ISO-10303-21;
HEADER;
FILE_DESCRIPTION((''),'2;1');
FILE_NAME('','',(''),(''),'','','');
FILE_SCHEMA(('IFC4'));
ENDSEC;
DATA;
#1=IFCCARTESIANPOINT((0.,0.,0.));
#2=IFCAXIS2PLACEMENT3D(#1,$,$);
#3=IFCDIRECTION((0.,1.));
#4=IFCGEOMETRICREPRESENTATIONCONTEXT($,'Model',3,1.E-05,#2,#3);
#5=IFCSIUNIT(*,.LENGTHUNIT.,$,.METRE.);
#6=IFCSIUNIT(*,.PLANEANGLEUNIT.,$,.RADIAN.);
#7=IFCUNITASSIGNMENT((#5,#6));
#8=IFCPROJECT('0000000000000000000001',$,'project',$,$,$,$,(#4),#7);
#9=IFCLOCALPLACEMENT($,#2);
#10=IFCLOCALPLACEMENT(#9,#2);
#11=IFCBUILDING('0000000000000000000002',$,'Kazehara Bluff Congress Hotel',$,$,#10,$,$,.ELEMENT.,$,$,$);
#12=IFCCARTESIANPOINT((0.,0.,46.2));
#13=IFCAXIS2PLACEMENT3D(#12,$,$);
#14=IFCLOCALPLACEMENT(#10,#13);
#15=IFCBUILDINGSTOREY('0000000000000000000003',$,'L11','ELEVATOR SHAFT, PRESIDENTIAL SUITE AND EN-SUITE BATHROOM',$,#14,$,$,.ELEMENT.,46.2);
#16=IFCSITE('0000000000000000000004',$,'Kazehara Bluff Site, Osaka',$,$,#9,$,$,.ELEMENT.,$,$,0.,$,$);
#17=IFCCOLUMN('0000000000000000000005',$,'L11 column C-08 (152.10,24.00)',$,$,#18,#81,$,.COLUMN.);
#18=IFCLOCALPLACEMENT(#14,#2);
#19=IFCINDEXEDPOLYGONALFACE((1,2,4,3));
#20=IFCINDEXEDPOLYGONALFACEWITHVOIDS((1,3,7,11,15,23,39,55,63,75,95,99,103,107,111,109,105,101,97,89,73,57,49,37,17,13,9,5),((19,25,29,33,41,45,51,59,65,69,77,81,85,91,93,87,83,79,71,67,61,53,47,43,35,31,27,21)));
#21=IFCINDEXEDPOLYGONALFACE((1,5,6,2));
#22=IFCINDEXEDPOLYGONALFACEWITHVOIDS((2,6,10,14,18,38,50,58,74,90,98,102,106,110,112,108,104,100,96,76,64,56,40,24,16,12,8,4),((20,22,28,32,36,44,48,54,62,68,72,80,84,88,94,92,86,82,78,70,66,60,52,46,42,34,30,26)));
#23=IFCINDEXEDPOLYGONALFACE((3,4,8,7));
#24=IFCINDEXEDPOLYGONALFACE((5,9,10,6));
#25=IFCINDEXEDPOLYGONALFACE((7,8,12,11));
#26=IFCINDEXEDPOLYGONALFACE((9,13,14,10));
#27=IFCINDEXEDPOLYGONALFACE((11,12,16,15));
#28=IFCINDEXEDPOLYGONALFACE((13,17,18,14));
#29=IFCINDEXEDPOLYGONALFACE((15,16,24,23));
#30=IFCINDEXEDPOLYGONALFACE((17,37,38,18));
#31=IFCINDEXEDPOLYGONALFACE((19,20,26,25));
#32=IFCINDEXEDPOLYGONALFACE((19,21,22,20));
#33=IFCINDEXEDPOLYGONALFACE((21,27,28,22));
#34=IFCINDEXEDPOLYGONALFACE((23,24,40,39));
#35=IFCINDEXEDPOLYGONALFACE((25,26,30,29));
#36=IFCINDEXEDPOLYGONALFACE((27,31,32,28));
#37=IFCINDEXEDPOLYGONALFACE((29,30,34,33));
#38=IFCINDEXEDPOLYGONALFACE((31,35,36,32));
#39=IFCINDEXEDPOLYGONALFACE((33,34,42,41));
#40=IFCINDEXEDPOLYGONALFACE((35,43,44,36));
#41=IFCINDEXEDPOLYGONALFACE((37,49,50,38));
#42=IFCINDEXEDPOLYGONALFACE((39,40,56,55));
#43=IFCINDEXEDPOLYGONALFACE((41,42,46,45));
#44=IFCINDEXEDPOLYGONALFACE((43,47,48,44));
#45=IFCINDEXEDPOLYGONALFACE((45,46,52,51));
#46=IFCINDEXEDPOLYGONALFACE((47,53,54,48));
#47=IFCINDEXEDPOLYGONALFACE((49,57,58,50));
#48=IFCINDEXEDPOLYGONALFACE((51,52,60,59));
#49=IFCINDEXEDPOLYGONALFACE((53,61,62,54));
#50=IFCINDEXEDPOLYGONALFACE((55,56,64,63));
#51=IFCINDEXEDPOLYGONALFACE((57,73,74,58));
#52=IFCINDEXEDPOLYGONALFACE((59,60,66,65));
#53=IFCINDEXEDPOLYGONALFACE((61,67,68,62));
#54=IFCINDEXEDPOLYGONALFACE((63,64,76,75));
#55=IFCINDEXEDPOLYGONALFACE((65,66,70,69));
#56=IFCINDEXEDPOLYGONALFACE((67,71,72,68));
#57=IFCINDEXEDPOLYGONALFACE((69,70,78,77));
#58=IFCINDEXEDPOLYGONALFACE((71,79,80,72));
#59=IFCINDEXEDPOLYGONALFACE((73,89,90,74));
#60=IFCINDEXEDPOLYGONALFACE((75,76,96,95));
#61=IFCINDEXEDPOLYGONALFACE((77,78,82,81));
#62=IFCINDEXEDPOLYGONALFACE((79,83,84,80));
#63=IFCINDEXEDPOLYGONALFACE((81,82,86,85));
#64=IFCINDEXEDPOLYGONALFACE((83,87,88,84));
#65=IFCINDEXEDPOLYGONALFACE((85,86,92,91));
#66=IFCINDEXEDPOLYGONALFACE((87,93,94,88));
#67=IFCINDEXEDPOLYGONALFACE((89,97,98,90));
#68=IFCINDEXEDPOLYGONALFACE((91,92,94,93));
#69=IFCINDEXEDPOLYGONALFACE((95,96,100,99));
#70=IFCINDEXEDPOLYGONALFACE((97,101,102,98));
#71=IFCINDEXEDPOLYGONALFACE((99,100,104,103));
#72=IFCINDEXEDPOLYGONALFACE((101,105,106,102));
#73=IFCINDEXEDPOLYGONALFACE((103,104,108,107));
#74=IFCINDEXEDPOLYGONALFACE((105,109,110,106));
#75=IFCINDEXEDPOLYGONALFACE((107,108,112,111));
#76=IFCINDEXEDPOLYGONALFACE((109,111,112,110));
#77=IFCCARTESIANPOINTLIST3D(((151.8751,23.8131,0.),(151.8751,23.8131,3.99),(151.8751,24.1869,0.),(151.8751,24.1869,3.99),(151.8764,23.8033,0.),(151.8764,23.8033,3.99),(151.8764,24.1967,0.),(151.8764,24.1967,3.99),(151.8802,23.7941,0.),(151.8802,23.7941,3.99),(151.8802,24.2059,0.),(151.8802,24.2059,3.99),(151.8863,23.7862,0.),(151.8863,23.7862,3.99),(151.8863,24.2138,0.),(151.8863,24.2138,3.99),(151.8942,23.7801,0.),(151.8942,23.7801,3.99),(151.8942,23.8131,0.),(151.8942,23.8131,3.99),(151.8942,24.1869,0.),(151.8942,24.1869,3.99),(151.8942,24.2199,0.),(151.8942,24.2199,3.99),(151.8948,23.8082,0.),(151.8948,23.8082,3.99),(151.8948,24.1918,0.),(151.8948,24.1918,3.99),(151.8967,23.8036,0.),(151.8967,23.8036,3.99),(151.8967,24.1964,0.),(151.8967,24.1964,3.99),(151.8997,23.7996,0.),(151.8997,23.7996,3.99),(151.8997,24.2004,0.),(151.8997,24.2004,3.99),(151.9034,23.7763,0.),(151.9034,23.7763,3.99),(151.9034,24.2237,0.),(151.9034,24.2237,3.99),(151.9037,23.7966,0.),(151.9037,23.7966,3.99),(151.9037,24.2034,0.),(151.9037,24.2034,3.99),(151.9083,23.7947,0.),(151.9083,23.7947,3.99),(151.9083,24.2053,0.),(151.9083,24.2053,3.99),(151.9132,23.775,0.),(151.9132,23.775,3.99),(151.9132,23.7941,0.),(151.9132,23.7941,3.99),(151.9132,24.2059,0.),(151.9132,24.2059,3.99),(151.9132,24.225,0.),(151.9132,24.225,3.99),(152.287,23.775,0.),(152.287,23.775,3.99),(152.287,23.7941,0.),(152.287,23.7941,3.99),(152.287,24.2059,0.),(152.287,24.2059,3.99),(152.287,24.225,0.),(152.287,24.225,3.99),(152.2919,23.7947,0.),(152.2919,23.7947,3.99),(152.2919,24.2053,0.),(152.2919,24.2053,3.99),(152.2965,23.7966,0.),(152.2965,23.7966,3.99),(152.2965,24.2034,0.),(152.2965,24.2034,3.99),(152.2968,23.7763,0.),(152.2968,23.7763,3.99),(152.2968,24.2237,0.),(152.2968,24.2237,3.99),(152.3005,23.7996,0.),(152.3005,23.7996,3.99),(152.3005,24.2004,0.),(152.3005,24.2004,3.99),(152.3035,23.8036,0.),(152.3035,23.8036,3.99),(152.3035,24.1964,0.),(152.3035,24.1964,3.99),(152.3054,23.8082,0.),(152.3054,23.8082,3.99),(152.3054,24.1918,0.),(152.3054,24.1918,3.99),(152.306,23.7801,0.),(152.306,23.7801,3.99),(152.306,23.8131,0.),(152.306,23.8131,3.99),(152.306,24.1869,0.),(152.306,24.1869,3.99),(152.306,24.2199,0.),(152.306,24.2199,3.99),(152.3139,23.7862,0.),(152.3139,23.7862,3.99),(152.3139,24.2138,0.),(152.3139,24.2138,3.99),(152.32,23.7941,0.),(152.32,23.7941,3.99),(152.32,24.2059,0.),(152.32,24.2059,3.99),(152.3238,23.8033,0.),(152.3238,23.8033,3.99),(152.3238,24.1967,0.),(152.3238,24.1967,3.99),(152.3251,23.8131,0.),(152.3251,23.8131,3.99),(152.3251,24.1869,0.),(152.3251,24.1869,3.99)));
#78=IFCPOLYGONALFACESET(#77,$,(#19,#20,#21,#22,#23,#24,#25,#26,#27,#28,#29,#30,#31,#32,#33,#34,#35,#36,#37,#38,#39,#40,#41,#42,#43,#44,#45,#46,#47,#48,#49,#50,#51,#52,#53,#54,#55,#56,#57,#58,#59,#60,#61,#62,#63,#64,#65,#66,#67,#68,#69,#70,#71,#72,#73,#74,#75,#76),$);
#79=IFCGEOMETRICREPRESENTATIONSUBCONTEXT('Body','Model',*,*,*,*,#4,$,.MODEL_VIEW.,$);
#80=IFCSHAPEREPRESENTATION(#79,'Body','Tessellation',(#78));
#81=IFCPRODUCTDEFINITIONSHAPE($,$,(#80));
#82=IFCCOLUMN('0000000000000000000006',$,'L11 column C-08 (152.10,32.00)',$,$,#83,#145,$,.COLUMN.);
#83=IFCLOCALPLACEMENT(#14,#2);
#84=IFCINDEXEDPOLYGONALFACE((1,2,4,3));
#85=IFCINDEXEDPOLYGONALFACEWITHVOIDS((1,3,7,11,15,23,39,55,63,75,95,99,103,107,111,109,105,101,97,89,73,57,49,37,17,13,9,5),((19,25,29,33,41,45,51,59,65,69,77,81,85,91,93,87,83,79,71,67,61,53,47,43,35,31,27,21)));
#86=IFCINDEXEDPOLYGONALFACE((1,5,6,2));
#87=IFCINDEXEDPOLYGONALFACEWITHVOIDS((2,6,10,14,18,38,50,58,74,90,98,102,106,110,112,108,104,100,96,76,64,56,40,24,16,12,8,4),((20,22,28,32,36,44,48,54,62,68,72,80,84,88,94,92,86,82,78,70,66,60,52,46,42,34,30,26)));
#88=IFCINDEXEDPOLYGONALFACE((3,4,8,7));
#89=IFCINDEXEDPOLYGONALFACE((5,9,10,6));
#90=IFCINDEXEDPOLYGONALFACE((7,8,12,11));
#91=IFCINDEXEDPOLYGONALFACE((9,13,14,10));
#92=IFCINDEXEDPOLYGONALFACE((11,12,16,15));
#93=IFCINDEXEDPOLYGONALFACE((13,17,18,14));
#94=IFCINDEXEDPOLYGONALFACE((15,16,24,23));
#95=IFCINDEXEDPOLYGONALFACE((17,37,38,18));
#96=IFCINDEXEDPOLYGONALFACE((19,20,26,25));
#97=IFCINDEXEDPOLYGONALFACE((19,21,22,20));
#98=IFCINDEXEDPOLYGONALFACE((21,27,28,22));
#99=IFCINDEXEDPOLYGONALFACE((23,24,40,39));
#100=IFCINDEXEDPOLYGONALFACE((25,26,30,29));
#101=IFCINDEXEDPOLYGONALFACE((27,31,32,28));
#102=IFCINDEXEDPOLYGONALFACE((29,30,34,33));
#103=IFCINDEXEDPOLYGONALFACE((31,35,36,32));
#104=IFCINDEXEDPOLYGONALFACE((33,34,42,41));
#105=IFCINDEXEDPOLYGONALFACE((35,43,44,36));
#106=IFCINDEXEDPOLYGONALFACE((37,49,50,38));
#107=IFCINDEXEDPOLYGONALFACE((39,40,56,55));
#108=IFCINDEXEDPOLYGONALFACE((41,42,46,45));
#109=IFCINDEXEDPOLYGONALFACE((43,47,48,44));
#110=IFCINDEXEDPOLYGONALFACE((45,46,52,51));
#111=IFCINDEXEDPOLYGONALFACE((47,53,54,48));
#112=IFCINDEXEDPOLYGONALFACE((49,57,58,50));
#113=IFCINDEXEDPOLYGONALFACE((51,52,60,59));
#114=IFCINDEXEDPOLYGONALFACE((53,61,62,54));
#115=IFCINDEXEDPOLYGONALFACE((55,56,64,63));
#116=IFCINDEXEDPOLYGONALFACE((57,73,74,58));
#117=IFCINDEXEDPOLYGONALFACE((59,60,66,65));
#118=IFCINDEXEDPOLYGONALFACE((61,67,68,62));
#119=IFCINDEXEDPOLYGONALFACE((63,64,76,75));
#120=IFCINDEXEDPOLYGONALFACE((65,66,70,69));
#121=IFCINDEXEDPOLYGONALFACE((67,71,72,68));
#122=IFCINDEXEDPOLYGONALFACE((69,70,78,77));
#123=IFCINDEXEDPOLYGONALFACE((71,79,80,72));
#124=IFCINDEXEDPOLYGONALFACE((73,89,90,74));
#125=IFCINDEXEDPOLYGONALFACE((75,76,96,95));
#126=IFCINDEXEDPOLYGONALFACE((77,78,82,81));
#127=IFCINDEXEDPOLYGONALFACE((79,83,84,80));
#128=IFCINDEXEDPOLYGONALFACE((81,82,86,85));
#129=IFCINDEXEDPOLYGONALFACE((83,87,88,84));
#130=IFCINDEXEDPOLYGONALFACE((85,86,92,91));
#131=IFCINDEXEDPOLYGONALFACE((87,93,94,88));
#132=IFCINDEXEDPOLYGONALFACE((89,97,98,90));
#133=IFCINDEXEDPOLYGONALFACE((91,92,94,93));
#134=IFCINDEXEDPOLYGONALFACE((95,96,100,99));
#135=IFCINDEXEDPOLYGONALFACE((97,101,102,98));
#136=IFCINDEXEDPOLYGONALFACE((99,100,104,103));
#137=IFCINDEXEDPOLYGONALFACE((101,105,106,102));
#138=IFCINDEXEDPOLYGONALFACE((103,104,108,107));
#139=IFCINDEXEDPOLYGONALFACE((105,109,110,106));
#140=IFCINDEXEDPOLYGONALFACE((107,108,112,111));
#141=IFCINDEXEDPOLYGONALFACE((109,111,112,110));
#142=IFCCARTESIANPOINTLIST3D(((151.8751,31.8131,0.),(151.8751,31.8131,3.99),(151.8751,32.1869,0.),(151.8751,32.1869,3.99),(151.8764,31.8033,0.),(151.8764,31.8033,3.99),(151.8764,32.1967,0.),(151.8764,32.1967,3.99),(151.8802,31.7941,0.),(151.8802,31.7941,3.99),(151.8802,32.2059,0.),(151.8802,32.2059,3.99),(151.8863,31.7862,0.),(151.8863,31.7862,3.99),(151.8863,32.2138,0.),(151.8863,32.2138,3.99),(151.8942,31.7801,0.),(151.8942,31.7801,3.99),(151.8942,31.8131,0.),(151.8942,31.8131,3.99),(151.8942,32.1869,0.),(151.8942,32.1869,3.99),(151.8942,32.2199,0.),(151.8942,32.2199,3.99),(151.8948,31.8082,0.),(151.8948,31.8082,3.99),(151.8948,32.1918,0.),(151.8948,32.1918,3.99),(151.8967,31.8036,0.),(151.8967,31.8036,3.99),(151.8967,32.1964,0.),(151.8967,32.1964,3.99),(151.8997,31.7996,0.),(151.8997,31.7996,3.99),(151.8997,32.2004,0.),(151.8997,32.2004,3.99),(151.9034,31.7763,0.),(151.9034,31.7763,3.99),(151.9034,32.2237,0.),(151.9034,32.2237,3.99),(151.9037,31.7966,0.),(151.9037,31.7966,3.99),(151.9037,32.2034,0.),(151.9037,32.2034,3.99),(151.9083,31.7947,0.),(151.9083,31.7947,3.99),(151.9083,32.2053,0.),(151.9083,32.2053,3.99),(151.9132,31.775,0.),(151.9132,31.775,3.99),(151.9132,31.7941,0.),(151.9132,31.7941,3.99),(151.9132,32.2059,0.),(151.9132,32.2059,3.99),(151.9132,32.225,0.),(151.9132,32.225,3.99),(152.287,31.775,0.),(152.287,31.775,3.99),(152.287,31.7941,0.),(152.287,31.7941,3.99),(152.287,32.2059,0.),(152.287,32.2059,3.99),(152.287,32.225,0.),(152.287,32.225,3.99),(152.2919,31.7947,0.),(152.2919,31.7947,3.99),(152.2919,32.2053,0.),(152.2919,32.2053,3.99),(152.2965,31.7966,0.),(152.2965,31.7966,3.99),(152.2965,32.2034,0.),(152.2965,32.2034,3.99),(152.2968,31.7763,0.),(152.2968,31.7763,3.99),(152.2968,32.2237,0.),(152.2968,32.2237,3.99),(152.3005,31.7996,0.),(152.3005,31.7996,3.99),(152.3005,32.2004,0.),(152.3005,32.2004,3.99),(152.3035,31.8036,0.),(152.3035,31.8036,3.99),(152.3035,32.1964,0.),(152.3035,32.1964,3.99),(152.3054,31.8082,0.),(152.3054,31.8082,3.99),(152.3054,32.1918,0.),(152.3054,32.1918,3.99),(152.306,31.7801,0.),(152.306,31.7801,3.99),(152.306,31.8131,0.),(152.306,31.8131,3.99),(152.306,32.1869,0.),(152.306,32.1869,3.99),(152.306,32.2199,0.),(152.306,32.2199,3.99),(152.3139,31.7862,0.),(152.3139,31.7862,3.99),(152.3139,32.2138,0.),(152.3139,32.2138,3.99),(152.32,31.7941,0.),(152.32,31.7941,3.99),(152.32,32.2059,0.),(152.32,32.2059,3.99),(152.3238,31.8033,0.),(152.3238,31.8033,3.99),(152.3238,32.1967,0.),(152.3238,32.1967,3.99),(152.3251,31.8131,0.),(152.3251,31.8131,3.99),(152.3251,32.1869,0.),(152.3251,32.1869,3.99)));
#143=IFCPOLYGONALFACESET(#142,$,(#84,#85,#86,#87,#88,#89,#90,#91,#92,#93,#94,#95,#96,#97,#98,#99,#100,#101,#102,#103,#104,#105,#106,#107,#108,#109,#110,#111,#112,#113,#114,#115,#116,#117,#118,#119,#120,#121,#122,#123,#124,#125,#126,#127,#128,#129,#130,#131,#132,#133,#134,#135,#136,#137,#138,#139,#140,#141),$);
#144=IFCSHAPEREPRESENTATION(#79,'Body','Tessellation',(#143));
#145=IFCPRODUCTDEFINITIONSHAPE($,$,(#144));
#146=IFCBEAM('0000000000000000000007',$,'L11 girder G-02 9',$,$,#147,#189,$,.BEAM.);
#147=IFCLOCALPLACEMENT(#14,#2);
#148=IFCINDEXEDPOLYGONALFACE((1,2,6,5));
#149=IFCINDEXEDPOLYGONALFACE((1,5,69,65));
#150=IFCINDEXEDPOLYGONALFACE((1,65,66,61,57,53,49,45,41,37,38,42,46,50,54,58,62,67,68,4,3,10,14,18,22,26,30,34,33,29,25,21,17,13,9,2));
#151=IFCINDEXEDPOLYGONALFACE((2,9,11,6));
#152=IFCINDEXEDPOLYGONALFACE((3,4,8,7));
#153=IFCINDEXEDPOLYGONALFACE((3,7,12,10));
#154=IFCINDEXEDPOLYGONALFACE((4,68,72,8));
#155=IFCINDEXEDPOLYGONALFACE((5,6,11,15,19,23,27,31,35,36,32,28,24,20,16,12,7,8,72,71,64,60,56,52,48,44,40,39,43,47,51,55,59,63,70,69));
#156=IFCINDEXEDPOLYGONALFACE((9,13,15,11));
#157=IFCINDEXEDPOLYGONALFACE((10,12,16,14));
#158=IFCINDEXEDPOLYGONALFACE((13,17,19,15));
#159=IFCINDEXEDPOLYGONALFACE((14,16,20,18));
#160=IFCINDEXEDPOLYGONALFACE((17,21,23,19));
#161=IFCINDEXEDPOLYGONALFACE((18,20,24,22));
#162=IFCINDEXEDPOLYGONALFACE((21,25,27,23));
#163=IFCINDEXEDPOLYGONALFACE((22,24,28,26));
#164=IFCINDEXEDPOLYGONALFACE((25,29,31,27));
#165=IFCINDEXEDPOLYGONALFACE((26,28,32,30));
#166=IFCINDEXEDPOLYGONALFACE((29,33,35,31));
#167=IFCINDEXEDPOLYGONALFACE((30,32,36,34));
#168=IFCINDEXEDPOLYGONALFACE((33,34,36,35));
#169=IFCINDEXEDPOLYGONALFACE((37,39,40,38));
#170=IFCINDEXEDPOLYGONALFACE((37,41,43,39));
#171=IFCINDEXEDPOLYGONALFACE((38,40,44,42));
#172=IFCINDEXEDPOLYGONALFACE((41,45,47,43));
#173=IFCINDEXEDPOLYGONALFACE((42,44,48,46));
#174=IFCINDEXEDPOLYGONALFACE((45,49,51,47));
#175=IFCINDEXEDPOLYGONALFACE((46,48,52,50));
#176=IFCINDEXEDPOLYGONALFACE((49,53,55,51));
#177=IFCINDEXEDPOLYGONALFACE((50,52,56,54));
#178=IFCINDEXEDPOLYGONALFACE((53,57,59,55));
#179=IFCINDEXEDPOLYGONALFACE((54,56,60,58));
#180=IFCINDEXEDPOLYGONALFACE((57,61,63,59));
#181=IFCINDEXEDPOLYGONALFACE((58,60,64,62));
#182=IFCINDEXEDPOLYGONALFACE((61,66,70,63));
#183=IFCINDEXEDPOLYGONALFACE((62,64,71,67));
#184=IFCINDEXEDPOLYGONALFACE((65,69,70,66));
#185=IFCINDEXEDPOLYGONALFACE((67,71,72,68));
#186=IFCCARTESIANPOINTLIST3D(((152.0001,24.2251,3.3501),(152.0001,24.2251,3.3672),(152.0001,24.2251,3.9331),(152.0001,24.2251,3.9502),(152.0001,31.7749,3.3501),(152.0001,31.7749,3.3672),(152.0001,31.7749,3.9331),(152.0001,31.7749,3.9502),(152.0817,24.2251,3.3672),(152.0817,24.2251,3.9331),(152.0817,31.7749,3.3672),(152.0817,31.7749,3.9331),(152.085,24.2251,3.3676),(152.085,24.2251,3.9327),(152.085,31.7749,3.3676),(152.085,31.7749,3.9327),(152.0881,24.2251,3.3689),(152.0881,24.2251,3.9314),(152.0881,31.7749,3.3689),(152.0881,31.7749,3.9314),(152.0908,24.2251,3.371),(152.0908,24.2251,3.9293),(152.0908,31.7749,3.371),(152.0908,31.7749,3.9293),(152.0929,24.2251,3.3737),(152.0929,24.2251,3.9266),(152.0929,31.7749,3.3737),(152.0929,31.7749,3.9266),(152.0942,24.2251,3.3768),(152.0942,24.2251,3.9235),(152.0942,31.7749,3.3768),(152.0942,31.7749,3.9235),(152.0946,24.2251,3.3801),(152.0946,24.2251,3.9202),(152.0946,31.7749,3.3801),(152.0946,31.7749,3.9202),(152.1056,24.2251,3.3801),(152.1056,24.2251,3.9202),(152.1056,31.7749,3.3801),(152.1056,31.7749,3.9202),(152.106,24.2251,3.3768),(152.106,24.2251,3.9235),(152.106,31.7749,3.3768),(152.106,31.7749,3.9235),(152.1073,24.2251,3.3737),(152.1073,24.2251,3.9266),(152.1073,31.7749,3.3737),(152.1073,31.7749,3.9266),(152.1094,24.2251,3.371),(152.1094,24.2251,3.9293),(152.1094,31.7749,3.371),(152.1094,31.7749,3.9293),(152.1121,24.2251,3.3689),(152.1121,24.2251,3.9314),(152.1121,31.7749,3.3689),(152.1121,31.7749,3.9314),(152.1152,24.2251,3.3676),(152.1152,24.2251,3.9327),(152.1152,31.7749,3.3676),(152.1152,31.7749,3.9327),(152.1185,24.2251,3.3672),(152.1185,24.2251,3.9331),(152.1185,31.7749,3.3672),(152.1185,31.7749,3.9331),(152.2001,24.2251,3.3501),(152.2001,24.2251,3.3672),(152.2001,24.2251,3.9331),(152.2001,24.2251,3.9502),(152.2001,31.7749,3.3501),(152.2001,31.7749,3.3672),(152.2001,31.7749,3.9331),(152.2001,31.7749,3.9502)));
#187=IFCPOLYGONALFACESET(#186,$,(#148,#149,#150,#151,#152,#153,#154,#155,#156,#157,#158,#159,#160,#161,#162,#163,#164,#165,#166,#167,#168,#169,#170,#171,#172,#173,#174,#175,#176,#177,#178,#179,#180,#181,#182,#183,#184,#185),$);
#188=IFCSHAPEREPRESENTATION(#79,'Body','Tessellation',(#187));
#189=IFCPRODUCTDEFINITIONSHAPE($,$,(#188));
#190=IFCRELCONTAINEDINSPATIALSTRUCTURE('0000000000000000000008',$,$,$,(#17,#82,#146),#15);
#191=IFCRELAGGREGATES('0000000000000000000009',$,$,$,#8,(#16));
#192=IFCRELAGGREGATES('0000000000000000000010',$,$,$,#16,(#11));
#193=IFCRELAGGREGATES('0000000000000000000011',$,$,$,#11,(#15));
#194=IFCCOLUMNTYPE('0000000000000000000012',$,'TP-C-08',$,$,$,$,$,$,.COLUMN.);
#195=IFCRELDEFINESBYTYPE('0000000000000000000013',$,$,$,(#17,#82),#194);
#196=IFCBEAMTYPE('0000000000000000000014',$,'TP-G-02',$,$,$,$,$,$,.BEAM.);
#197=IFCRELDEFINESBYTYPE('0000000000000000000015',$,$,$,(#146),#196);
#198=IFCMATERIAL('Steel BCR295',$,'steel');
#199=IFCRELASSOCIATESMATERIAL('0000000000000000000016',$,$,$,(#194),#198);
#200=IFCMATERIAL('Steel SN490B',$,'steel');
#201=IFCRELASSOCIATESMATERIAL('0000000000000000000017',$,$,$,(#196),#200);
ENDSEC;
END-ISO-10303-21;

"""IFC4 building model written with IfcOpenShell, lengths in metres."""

from ifc_helpers import new_model, si_unit, direction, frame, origin, origin_2d, place, context, subcontext, project, spatial, hollow_rectangle, i_section, extrude, material, material_profile, profile_set, type_object, element, save


model = new_model("IFC4")

# Units and contexts
model_context = context("Model", 3, precision=1e-05, world=origin(), true_north=direction((0.0, 1.0)))
body_context = subcontext(model_context, "Body", "Model", "MODEL_VIEW")
ifc_project = project(units=[si_unit("LENGTHUNIT", "METRE"), si_unit("PLANEANGLEUNIT", "RADIAN")], contexts=[model_context])

# Site, building, storey
site_placement = place(None, origin())
site = spatial("IfcSite", under=ifc_project, at=site_placement, Name="Kazehara Bluff Site, Osaka", CompositionType="ELEMENT", RefElevation=0.0)
building_placement = place(site_placement, origin())
building = spatial("IfcBuilding", under=site, at=building_placement, Name="Kazehara Bluff Congress Hotel", CompositionType="ELEMENT")
storey_placement = place(building_placement, frame((0.0, 0.0, 46.2)))
storey = spatial("IfcBuildingStorey", under=building, at=storey_placement, Name="L11", Description="ELEVATOR SHAFT, PRESIDENTIAL SUITE AND EN-SUITE BATHROOM", CompositionType="ELEMENT", Elevation=46.2)

# Columns
ifc_material_1 = material(Name="Steel BCR295", Category="steel")
ifc_material_profile_1 = material_profile(ifc_material_1, hollow_rectangle(XDim=0.45, YDim=0.45, WallThickness=0.019, InnerFilletRadius=0.019, OuterFilletRadius=0.0381, at=origin_2d()))
ifc_profile_set_1 = profile_set([ifc_material_profile_1], Name="Steel BCR295")
column_type = type_object("IfcColumnType", Name="TP-C-08", PredefinedType="COLUMN", material=ifc_profile_set_1)
for number, where, z_axis, x_axis, name in (
    (1, (152.1001, 24.0, 0.0), (0.0, 0.0, 1.0), (1.0, 0.0, 0.0), "L11 column C-08 (152.10,24.00)"),
    (2, (152.1001, 32.0, 0.0), (0.0, 0.0, 1.0), (1.0, 0.0, 0.0), "L11 column C-08 (152.10,32.00)"),
):
    element("IfcColumn", number, at=place(storey_placement, frame(where, z_axis=z_axis, x_axis=x_axis)), inside=storey, type_object=column_type, Name=name, PredefinedType="COLUMN", context=body_context, shape_type="SweptSolid", body=[
        extrude(hollow_rectangle(XDim=0.45, YDim=0.45, WallThickness=0.019, InnerFilletRadius=0.019, OuterFilletRadius=0.0381, at=origin_2d()), origin(), (0.0, 0.0, 1.0), 3.99),
    ])

# Beam
ifc_material_2 = material(Name="Steel SN490B", Category="steel")
ifc_material_profile_2 = material_profile(ifc_material_2, i_section(OverallWidth=0.2, OverallDepth=0.6001, WebThickness=0.011, FlangeThickness=0.0171, FilletRadius=0.0129, at=origin_2d()))
ifc_profile_set_2 = profile_set([ifc_material_profile_2], Name="Steel SN490B")
beam_type_1 = type_object("IfcBeamType", Name="TP-G-02", PredefinedType="BEAM", material=ifc_profile_set_2)
beam_1_placement = place(storey_placement, frame((152.1001, 24.2251, 3.6501), z_axis=(0.0, 1.0, 0.0), x_axis=(-1.0, 0.0, 0.0)))
element("IfcBeam", 3, at=beam_1_placement, inside=storey, type_object=beam_type_1, Name="L11 girder G-02 9", PredefinedType="BEAM", context=body_context, shape_type="SweptSolid", body=[
    extrude(i_section(OverallWidth=0.2, OverallDepth=0.6001, WebThickness=0.011, FlangeThickness=0.0171, FilletRadius=0.0129, at=origin_2d()), origin(), (0.0, 0.0, 1.0), 7.5498),
])

save(model, "model.ifc")
